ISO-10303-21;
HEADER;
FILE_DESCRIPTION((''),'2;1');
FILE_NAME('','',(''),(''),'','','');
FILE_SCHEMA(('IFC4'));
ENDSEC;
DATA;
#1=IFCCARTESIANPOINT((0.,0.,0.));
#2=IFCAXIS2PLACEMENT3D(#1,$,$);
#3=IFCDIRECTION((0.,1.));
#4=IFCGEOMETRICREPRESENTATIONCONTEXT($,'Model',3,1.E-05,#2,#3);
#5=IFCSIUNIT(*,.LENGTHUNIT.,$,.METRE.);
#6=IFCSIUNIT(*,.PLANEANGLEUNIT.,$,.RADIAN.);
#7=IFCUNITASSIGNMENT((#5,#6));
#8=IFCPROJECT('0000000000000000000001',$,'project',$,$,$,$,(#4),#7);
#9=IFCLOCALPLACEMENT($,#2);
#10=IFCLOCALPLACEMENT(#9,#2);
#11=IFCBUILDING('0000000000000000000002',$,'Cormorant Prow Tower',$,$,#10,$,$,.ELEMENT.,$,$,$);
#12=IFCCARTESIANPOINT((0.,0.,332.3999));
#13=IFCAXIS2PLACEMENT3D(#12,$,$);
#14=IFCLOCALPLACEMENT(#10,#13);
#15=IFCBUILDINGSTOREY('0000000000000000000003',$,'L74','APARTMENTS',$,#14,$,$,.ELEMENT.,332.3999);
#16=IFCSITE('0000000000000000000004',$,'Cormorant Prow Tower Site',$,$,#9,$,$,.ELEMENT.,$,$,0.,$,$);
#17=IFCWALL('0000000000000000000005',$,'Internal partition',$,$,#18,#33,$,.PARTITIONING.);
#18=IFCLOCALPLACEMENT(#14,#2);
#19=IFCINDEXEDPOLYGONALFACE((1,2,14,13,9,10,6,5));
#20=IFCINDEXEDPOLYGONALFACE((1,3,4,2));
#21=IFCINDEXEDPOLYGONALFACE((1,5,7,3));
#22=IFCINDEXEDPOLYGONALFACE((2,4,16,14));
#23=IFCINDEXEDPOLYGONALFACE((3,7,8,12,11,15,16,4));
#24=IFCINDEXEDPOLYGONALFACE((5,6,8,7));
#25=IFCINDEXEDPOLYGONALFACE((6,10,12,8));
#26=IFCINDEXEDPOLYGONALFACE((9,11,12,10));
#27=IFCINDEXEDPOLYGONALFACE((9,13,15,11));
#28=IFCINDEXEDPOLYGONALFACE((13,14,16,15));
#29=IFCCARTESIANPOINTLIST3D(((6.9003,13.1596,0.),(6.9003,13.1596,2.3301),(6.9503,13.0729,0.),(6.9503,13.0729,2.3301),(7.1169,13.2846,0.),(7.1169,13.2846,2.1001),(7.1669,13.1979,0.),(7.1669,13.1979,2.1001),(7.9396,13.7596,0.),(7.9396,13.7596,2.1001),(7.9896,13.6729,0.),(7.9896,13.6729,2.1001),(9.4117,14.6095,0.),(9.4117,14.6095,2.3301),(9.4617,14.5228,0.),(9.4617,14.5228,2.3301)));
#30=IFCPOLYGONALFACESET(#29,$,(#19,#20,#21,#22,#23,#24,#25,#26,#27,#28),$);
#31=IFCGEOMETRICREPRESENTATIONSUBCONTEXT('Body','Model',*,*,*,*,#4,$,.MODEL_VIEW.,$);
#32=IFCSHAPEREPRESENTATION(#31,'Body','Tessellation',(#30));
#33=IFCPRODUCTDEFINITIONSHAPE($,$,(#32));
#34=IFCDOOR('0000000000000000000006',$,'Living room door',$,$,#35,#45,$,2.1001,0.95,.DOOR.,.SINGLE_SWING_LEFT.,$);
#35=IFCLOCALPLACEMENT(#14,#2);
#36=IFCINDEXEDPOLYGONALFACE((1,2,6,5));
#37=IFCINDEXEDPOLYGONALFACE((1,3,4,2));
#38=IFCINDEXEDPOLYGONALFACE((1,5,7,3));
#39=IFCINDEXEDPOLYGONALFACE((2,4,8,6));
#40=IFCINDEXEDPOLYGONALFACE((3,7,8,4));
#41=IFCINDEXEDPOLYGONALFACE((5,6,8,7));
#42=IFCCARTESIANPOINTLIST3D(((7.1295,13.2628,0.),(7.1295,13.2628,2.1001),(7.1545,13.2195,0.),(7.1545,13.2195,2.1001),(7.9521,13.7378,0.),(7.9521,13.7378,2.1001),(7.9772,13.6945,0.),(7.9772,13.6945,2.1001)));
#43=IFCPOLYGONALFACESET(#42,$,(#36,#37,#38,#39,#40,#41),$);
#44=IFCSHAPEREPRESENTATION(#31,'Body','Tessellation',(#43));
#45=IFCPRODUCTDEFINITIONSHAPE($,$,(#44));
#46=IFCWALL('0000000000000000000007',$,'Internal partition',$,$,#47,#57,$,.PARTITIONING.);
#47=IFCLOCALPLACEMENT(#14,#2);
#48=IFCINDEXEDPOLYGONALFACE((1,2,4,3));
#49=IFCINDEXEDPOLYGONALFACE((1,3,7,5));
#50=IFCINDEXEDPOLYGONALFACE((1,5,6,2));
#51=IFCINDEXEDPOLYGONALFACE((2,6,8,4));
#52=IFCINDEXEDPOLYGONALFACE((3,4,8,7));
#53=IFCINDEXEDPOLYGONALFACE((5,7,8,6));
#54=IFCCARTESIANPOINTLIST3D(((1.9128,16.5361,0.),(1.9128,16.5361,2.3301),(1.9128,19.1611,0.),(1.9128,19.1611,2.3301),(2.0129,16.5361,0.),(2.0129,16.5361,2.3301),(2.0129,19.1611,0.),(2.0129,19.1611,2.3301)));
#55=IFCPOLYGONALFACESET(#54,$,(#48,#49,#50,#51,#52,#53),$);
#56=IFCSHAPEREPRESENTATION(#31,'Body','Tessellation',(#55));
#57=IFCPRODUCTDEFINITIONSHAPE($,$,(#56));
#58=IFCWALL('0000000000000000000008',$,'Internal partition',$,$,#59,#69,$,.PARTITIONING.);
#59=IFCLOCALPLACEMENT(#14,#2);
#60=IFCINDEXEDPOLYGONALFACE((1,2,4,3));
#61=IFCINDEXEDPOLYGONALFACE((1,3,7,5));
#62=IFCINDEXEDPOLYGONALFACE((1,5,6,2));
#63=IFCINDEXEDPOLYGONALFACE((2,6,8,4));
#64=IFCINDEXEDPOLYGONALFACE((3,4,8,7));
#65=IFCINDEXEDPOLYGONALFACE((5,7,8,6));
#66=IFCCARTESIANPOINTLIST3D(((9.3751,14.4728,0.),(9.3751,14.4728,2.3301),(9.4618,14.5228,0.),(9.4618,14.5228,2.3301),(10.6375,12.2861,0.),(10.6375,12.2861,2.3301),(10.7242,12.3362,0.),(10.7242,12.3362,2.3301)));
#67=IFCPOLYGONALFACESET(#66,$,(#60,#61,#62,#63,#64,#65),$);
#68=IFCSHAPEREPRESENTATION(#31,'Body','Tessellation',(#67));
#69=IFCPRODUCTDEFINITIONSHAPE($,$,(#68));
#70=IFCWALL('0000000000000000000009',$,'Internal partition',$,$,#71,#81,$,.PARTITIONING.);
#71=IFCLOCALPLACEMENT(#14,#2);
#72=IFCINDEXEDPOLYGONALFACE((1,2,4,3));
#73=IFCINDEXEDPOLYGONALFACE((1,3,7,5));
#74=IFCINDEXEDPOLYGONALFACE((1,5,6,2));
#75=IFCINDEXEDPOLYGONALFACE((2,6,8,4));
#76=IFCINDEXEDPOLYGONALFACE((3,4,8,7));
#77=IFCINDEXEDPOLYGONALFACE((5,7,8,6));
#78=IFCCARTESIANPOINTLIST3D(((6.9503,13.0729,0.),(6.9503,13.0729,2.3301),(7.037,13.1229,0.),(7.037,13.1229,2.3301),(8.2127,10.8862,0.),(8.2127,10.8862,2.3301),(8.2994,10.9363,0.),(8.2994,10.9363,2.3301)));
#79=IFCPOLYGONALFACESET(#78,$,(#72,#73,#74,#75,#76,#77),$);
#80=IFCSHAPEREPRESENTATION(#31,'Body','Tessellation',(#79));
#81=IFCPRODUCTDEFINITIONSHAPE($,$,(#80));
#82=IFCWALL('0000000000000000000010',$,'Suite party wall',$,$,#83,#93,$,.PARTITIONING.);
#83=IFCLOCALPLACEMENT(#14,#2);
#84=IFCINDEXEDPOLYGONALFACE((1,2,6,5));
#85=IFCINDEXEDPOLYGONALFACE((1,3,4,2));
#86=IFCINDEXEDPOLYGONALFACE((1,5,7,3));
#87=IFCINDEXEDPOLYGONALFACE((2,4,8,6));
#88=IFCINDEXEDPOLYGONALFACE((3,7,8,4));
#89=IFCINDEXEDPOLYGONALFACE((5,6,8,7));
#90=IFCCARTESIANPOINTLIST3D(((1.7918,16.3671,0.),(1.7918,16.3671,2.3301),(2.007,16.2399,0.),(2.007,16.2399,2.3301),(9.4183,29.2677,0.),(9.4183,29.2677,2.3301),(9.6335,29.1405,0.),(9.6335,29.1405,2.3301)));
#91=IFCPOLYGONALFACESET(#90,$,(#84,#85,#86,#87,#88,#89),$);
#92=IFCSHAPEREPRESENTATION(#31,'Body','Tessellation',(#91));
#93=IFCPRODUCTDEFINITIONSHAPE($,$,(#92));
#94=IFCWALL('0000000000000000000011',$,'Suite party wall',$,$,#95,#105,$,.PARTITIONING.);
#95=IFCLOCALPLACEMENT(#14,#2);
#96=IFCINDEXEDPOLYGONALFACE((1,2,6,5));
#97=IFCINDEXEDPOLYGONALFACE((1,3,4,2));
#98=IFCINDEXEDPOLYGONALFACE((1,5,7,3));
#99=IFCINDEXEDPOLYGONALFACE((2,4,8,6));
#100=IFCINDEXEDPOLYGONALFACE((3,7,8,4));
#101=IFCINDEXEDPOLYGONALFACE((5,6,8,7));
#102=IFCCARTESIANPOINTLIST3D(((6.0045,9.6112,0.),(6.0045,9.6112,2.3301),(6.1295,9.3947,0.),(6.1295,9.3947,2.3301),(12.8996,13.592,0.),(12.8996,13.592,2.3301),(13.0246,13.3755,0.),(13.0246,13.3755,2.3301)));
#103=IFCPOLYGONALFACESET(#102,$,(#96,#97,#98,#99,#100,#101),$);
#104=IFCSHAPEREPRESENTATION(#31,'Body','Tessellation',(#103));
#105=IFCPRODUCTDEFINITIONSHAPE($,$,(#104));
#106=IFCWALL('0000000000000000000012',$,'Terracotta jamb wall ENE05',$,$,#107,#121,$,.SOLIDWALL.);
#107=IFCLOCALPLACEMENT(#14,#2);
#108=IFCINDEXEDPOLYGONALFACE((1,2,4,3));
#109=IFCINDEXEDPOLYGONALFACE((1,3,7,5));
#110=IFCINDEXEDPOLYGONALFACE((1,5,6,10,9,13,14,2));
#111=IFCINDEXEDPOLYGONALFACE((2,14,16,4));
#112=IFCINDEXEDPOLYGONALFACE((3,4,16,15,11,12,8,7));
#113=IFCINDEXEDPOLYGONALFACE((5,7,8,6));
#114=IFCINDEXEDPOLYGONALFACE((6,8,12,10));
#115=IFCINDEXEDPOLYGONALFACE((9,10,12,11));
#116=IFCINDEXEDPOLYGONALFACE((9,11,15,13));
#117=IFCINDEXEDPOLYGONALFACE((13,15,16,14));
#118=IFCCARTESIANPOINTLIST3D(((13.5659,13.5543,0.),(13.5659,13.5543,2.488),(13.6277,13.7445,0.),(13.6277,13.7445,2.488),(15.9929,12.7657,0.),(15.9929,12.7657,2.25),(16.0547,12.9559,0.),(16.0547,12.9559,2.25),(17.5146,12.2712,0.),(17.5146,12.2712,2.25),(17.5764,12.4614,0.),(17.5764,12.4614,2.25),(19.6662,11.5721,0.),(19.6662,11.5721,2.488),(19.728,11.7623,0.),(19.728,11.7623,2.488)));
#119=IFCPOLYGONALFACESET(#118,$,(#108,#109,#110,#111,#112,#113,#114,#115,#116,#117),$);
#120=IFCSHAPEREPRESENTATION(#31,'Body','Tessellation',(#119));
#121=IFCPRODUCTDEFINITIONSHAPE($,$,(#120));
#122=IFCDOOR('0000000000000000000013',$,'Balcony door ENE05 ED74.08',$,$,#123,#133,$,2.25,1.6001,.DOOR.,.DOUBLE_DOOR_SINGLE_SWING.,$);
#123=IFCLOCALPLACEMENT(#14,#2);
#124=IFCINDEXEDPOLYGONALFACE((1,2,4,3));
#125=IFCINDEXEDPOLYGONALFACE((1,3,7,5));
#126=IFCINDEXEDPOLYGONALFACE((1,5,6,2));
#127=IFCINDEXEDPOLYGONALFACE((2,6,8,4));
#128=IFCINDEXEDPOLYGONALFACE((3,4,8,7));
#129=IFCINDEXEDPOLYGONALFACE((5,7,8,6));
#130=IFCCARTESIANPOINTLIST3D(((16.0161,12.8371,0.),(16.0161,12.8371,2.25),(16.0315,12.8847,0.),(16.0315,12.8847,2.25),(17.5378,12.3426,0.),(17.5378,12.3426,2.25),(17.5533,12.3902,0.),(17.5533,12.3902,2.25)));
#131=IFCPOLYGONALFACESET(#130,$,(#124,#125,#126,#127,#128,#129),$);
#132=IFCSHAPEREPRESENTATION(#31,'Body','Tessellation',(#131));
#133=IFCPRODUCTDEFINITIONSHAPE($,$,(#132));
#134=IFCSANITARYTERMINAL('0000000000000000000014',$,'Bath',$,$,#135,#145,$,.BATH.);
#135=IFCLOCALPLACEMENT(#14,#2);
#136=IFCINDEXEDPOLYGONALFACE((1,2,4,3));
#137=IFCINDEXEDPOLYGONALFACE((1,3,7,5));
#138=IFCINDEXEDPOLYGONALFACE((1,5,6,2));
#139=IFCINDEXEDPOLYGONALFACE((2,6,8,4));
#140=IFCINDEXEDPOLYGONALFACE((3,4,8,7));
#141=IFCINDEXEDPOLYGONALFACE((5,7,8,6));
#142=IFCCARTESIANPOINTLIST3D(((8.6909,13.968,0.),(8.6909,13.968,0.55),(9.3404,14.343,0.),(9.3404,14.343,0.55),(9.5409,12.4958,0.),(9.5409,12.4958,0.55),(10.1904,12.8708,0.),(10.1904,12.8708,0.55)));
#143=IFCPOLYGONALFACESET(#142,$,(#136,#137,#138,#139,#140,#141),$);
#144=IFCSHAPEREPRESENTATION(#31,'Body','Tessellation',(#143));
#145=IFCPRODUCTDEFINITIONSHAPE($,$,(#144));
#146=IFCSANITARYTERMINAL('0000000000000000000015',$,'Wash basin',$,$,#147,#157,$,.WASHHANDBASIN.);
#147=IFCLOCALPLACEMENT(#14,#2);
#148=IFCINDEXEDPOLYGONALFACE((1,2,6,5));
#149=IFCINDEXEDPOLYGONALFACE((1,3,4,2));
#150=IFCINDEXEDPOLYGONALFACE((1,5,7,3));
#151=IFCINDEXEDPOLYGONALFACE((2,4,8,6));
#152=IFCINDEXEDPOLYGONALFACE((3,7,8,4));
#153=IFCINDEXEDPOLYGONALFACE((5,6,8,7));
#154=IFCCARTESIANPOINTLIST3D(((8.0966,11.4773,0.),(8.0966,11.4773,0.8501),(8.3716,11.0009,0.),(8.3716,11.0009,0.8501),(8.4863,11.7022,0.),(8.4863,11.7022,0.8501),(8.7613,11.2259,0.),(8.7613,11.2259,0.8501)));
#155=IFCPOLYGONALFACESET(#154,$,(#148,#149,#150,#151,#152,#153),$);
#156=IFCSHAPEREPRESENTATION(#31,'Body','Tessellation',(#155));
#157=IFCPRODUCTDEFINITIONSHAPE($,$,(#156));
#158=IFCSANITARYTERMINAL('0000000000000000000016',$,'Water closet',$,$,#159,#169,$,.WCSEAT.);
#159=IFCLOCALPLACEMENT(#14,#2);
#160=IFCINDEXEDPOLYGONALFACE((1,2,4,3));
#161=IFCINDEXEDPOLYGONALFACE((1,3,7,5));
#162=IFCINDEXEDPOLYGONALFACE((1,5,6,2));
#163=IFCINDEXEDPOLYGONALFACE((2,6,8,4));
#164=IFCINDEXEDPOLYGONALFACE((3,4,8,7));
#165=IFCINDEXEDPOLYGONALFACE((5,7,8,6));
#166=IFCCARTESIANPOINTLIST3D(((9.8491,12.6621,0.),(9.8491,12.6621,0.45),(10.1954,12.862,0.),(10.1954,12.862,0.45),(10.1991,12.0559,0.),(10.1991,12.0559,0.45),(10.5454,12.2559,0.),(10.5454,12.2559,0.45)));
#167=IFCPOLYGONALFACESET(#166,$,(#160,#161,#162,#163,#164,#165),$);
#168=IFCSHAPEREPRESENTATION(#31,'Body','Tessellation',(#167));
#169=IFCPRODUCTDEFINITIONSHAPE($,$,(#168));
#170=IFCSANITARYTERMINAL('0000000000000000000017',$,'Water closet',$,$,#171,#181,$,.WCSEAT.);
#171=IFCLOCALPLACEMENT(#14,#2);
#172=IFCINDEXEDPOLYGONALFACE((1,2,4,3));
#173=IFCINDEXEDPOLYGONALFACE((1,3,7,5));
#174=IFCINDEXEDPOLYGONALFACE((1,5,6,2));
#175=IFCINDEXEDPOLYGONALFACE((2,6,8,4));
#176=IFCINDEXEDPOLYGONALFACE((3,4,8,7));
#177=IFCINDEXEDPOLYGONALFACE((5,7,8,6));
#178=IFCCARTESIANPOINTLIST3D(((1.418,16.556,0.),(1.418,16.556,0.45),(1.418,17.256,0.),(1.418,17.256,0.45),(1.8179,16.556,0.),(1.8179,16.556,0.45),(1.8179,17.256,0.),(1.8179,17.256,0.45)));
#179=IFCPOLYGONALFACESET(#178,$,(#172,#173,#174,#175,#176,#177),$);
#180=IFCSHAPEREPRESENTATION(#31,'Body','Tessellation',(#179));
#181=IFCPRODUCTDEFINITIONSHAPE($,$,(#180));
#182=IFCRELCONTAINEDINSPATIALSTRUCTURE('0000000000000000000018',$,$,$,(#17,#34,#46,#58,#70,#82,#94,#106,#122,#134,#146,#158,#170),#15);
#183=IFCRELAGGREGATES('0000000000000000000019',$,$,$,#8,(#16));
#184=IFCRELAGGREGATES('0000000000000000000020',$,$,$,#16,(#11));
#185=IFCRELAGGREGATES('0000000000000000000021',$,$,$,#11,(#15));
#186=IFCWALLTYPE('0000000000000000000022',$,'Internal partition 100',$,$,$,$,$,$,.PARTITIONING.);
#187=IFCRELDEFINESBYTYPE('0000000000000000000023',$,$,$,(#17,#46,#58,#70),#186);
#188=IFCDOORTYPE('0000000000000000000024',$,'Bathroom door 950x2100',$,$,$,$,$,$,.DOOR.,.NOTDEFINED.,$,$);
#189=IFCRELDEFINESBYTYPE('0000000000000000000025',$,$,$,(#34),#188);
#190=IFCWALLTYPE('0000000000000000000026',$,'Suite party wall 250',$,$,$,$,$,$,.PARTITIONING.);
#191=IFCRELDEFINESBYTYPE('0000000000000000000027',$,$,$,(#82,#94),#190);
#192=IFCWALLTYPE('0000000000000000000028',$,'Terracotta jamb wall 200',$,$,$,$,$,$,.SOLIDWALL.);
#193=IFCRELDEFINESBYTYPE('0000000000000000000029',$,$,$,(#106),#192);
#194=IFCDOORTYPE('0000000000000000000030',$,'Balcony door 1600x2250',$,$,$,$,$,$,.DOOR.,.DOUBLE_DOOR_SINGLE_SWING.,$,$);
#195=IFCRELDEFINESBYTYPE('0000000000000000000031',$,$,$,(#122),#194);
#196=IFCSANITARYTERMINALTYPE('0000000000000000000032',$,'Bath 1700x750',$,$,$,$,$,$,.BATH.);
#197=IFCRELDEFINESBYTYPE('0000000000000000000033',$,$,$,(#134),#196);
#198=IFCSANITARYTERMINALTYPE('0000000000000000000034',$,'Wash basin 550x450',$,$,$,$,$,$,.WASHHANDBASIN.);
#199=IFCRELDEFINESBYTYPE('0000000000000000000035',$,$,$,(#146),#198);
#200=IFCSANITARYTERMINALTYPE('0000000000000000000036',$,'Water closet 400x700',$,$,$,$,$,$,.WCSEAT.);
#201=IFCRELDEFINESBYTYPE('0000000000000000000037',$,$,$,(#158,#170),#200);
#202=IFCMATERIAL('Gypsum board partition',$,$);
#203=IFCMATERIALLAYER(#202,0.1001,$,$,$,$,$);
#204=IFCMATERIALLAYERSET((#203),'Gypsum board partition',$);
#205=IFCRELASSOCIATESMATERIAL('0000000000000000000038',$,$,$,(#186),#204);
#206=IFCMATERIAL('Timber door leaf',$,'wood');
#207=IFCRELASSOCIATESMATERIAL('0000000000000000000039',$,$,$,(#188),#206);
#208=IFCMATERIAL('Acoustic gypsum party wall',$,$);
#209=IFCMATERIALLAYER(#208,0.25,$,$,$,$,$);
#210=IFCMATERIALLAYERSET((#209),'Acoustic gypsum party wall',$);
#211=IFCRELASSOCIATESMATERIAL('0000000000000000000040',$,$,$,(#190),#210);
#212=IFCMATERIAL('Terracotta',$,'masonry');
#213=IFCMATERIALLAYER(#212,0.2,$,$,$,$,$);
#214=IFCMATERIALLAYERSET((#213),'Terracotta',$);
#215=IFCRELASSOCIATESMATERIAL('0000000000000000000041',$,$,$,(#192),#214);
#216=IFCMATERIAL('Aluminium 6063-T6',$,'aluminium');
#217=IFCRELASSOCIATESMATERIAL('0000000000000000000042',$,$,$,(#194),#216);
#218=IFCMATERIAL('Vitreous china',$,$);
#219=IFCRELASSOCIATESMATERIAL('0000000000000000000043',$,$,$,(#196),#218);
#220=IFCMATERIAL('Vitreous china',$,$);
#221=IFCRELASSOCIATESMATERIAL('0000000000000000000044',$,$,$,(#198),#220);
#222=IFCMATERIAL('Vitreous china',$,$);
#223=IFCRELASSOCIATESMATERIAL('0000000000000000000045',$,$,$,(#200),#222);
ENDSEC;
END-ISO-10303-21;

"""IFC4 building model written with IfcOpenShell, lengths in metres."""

from ifc_helpers import new_model, si_unit, direction, frame, frame_2d, origin, origin_2d, place, context, subcontext, project, spatial, rectangle, extrude, material, layer, layer_set, type_object, element, fill, save


model = new_model("IFC4")

# Units and contexts
model_context = context("Model", 3, precision=1e-05, world=origin(), true_north=direction((0.0, 1.0)))
body_context = subcontext(model_context, "Body", "Model", "MODEL_VIEW")
ifc_project = project(units=[si_unit("LENGTHUNIT", "METRE"), si_unit("PLANEANGLEUNIT", "RADIAN")], contexts=[model_context])

# Site, building, storey
site_placement = place(None, origin())
site = spatial("IfcSite", under=ifc_project, at=site_placement, Name="Cormorant Prow Tower Site", CompositionType="ELEMENT", RefElevation=0.0)
building_placement = place(site_placement, origin())
building = spatial("IfcBuilding", under=site, at=building_placement, Name="Cormorant Prow Tower", CompositionType="ELEMENT")
storey_placement = place(building_placement, frame((0.0, 0.0, 332.3999)))
storey = spatial("IfcBuildingStorey", under=building, at=storey_placement, Name="L74", Description="APARTMENTS", CompositionType="ELEMENT", Elevation=332.3999)

# Wall, opening, door
ifc_material_1 = material(Name="Gypsum board partition")
ifc_layer_1 = layer(ifc_material_1, 0.1001)
ifc_layer_set_1 = layer_set([ifc_layer_1], Name="Gypsum board partition")
wall_type_1 = type_object("IfcWallType", Name="Internal partition 100", PredefinedType="PARTITIONING", material=ifc_layer_set_1)
ifc_material_2 = material(Name="Timber door leaf", Category="wood")
door_type_1 = type_object("IfcDoorType", Name="Bathroom door 950x2100", OperationType="NOTDEFINED", PredefinedType="DOOR", material=ifc_material_2)
wall_1_placement = place(storey_placement, frame((6.9253, 13.1162, 0.0), z_axis=(0.0, 0.0, 1.0), x_axis=(0.866033, 0.499987, 0.0)))
wall_1 = element("IfcWall", 1, at=wall_1_placement, inside=storey, type_object=wall_type_1, Name="Internal partition", PredefinedType="PARTITIONING", context=body_context, shape_type="SweptSolid", body=[
    extrude(rectangle(XDim=2.8999, YDim=0.1001, at=frame_2d((1.45, 0.0))), origin(), (0.0, 0.0, 1.0), 2.3301),
])
opening_1_placement = place(wall_1_placement, frame((0.25, 0.0, 0.0)))
opening_1 = element("IfcOpeningElement", 2, at=opening_1_placement, cuts=wall_1, PredefinedType="OPENING", context=body_context, shape_type="SweptSolid", body=[
    extrude(rectangle(XDim=0.95, YDim=2.1001, at=frame_2d((0.4751, 1.05))), frame((0.0, 0.0601, 0.0), z_axis=(0.0, -1.0, 0.0), x_axis=(1.0, 0.0, 0.0)), (0.0, 0.0, 1.0), 0.1201),
])
door_1_placement = place(opening_1_placement, origin())
door_1 = element("IfcDoor", 3, at=door_1_placement, inside=storey, type_object=door_type_1, Name="Living room door", OperationType="SINGLE_SWING_LEFT", OverallHeight=2.1001, OverallWidth=0.95, PredefinedType="DOOR", context=body_context, shape_type="SweptSolid", body=[
    extrude(rectangle(XDim=0.95, YDim=2.1001, at=frame_2d((0.4751, 1.05))), frame((0.0, 0.0249, 0.0), z_axis=(0.0, -1.0, 0.0), x_axis=(1.0, 0.0, 0.0)), (0.0, 0.0, 1.0), 0.05),
])
fill(opening_1, door_1)

# Walls
wall_2_placement = place(storey_placement, frame((1.9629, 16.5361, 0.0), z_axis=(0.0, 0.0, 1.0), x_axis=(0.0, 1.0, 0.0)))
element("IfcWall", 4, at=wall_2_placement, inside=storey, type_object=wall_type_1, Name="Internal partition", PredefinedType="PARTITIONING", context=body_context, shape_type="SweptSolid", body=[
    extrude(rectangle(XDim=2.625, YDim=0.1001, at=frame_2d((1.3125, 0.0))), origin(), (0.0, 0.0, 1.0), 2.3301),
])
for number, where, z_axis, x_axis, name in (
    (5, (9.4185, 14.4978, 0.0), (0.0, 0.0, 1.0), (0.499976, -0.866039, 0.0), "Internal partition"),
    (6, (6.9937, 13.0979, 0.0), (0.0, 0.0, 1.0), (0.499976, -0.866039, 0.0), "Internal partition"),
):
    element("IfcWall", number, at=place(storey_placement, frame(where, z_axis=z_axis, x_axis=x_axis)), inside=storey, type_object=wall_type_1, Name=name, PredefinedType="PARTITIONING", context=body_context, shape_type="SweptSolid", body=[
        extrude(rectangle(XDim=2.5249, YDim=0.1001, at=frame_2d((1.2625, 0.0))), origin(), (0.0, 0.0, 1.0), 2.3301),
    ])
ifc_material_3 = material(Name="Acoustic gypsum party wall")
ifc_layer_2 = layer(ifc_material_3, 0.25)
ifc_layer_set_2 = layer_set([ifc_layer_2], Name="Acoustic gypsum party wall")
wall_type_2 = type_object("IfcWallType", Name="Suite party wall 250", PredefinedType="PARTITIONING", material=ifc_layer_set_2)
wall_3_placement = place(storey_placement, frame((1.8994, 16.3035, 0.0), z_axis=(0.0, 0.0, 1.0), x_axis=(0.508896, 0.860828, 0.0)))
element("IfcWall", 7, at=wall_3_placement, inside=storey, type_object=wall_type_2, Name="Suite party wall", PredefinedType="PARTITIONING", context=body_context, shape_type="SweptSolid", body=[
    extrude(rectangle(XDim=14.9863, YDim=0.25, at=frame_2d((7.4932, 0.0))), origin(), (0.0, 0.0, 1.0), 2.3301),
])
wall_4_placement = place(storey_placement, frame((6.0669, 9.5029, 0.0), z_axis=(0.0, 0.0, 1.0), x_axis=(0.866032, 0.499988, 0.0)))
element("IfcWall", 8, at=wall_4_placement, inside=storey, type_object=wall_type_2, Name="Suite party wall", PredefinedType="PARTITIONING", context=body_context, shape_type="SweptSolid", body=[
    extrude(rectangle(XDim=7.9617, YDim=0.25, at=frame_2d((3.981, 0.0))), origin(), (0.0, 0.0, 1.0), 2.3301),
])

# Wall, opening, door
ifc_material_4 = material(Name="Terracotta", Category="masonry")
ifc_layer_3 = layer(ifc_material_4, 0.2)
ifc_layer_set_3 = layer_set([ifc_layer_3], Name="Terracotta")
wall_type_3 = type_object("IfcWallType", Name="Terracotta jamb wall 200", PredefinedType="SOLIDWALL", material=ifc_layer_set_3)
wall_5_placement = place(storey_placement, frame((19.697, 11.6672, 0.0), z_axis=(0.0, 0.0, 1.0), x_axis=(-0.951054, 0.309025, 0.0)))
wall_5 = element("IfcWall", 9, at=wall_5_placement, inside=storey, type_object=wall_type_3, Name="Terracotta jamb wall ENE05", PredefinedType="SOLIDWALL", context=body_context, shape_type="SweptSolid", body=[
    extrude(rectangle(XDim=6.4143, YDim=0.2, at=frame_2d((3.207, 0.0))), origin(), (0.0, 0.0, 1.0), 2.488),
])
opening_2_placement = place(wall_5_placement, frame((2.2622, 0.0, 0.0)))
opening_2 = element("IfcOpeningElement", 10, at=opening_2_placement, cuts=wall_5, PredefinedType="OPENING", context=body_context, shape_type="SweptSolid", body=[
    extrude(rectangle(XDim=1.6001, YDim=2.25, at=frame_2d((0.8, 1.125))), frame((0.0, 0.1099, 0.0), z_axis=(0.0, -1.0, 0.0), x_axis=(1.0, 0.0, 0.0)), (0.0, 0.0, 1.0), 0.22),
])
ifc_material_5 = material(Name="Aluminium 6063-T6", Category="aluminium")
door_type_2 = type_object("IfcDoorType", Name="Balcony door 1600x2250", OperationType="DOUBLE_DOOR_SINGLE_SWING", PredefinedType="DOOR", material=ifc_material_5)
door_2_placement = place(opening_2_placement, origin())
door_2 = element("IfcDoor", 11, at=door_2_placement, inside=storey, type_object=door_type_2, Name="Balcony door ENE05 ED74.08", OperationType="DOUBLE_DOOR_SINGLE_SWING", OverallHeight=2.25, OverallWidth=1.6001, PredefinedType="DOOR", context=body_context, shape_type="SweptSolid", body=[
    extrude(rectangle(XDim=1.6001, YDim=2.25, at=frame_2d((0.8, 1.125))), frame((0.0, 0.0249, 0.0), z_axis=(0.0, -1.0, 0.0), x_axis=(1.0, 0.0, 0.0)), (0.0, 0.0, 1.0), 0.05),
])
fill(opening_2, door_2)

# Sanitary terminals
ifc_material_6 = material(Name="Vitreous china")
sanitary_terminal_type_1 = type_object("IfcSanitaryTerminalType", Name="Bath 1700x750", PredefinedType="BATH", material=ifc_material_6)
sanitary_terminal_1_placement = place(storey_placement, frame((9.4407, 13.4194, 0.0), z_axis=(0.0, 0.0, 1.0), x_axis=(0.5, -0.866025, 0.0)))
element("IfcSanitaryTerminal", 12, at=sanitary_terminal_1_placement, inside=storey, type_object=sanitary_terminal_type_1, Name="Bath", PredefinedType="BATH", context=body_context, shape_type="SweptSolid", body=[
    extrude(rectangle(XDim=1.7, YDim=0.75, at=origin_2d()), origin(), (0.0, 0.0, 1.0), 0.55),
])
ifc_material_7 = material(Name="Vitreous china")
sanitary_terminal_type_2 = type_object("IfcSanitaryTerminalType", Name="Wash basin 550x450", PredefinedType="WASHHANDBASIN", material=ifc_material_7)
sanitary_terminal_2_placement = place(storey_placement, frame((8.429, 11.3516, 0.0), z_axis=(0.0, 0.0, 1.0), x_axis=(-0.5, 0.866025, 0.0)))
element("IfcSanitaryTerminal", 13, at=sanitary_terminal_2_placement, inside=storey, type_object=sanitary_terminal_type_2, Name="Wash basin", PredefinedType="WASHHANDBASIN", context=body_context, shape_type="SweptSolid", body=[
    extrude(rectangle(XDim=0.55, YDim=0.45, at=origin_2d()), origin(), (0.0, 0.0, 1.0), 0.8501),
])
ifc_material_8 = material(Name="Vitreous china")
sanitary_terminal_type_3 = type_object("IfcSanitaryTerminalType", Name="Water closet 400x700", PredefinedType="WCSEAT", material=ifc_material_8)
for number, where, z_axis, x_axis, name in (
    (14, (10.1973, 12.459, 0.0), (0.0, 0.0, 1.0), (-0.866025, -0.5, 0.0), "Water closet"),
    (15, (1.6179, 16.906, 0.0), (0.0, 0.0, 1.0), (-1.0, 0.0, 0.0), "Water closet"),
):
    element("IfcSanitaryTerminal", number, at=place(storey_placement, frame(where, z_axis=z_axis, x_axis=x_axis)), inside=storey, type_object=sanitary_terminal_type_3, Name=name, PredefinedType="WCSEAT", context=body_context, shape_type="SweptSolid", body=[
        extrude(rectangle(XDim=0.3999, YDim=0.7, at=origin_2d()), origin(), (0.0, 0.0, 1.0), 0.45),
    ])

save(model, "model.ifc")
